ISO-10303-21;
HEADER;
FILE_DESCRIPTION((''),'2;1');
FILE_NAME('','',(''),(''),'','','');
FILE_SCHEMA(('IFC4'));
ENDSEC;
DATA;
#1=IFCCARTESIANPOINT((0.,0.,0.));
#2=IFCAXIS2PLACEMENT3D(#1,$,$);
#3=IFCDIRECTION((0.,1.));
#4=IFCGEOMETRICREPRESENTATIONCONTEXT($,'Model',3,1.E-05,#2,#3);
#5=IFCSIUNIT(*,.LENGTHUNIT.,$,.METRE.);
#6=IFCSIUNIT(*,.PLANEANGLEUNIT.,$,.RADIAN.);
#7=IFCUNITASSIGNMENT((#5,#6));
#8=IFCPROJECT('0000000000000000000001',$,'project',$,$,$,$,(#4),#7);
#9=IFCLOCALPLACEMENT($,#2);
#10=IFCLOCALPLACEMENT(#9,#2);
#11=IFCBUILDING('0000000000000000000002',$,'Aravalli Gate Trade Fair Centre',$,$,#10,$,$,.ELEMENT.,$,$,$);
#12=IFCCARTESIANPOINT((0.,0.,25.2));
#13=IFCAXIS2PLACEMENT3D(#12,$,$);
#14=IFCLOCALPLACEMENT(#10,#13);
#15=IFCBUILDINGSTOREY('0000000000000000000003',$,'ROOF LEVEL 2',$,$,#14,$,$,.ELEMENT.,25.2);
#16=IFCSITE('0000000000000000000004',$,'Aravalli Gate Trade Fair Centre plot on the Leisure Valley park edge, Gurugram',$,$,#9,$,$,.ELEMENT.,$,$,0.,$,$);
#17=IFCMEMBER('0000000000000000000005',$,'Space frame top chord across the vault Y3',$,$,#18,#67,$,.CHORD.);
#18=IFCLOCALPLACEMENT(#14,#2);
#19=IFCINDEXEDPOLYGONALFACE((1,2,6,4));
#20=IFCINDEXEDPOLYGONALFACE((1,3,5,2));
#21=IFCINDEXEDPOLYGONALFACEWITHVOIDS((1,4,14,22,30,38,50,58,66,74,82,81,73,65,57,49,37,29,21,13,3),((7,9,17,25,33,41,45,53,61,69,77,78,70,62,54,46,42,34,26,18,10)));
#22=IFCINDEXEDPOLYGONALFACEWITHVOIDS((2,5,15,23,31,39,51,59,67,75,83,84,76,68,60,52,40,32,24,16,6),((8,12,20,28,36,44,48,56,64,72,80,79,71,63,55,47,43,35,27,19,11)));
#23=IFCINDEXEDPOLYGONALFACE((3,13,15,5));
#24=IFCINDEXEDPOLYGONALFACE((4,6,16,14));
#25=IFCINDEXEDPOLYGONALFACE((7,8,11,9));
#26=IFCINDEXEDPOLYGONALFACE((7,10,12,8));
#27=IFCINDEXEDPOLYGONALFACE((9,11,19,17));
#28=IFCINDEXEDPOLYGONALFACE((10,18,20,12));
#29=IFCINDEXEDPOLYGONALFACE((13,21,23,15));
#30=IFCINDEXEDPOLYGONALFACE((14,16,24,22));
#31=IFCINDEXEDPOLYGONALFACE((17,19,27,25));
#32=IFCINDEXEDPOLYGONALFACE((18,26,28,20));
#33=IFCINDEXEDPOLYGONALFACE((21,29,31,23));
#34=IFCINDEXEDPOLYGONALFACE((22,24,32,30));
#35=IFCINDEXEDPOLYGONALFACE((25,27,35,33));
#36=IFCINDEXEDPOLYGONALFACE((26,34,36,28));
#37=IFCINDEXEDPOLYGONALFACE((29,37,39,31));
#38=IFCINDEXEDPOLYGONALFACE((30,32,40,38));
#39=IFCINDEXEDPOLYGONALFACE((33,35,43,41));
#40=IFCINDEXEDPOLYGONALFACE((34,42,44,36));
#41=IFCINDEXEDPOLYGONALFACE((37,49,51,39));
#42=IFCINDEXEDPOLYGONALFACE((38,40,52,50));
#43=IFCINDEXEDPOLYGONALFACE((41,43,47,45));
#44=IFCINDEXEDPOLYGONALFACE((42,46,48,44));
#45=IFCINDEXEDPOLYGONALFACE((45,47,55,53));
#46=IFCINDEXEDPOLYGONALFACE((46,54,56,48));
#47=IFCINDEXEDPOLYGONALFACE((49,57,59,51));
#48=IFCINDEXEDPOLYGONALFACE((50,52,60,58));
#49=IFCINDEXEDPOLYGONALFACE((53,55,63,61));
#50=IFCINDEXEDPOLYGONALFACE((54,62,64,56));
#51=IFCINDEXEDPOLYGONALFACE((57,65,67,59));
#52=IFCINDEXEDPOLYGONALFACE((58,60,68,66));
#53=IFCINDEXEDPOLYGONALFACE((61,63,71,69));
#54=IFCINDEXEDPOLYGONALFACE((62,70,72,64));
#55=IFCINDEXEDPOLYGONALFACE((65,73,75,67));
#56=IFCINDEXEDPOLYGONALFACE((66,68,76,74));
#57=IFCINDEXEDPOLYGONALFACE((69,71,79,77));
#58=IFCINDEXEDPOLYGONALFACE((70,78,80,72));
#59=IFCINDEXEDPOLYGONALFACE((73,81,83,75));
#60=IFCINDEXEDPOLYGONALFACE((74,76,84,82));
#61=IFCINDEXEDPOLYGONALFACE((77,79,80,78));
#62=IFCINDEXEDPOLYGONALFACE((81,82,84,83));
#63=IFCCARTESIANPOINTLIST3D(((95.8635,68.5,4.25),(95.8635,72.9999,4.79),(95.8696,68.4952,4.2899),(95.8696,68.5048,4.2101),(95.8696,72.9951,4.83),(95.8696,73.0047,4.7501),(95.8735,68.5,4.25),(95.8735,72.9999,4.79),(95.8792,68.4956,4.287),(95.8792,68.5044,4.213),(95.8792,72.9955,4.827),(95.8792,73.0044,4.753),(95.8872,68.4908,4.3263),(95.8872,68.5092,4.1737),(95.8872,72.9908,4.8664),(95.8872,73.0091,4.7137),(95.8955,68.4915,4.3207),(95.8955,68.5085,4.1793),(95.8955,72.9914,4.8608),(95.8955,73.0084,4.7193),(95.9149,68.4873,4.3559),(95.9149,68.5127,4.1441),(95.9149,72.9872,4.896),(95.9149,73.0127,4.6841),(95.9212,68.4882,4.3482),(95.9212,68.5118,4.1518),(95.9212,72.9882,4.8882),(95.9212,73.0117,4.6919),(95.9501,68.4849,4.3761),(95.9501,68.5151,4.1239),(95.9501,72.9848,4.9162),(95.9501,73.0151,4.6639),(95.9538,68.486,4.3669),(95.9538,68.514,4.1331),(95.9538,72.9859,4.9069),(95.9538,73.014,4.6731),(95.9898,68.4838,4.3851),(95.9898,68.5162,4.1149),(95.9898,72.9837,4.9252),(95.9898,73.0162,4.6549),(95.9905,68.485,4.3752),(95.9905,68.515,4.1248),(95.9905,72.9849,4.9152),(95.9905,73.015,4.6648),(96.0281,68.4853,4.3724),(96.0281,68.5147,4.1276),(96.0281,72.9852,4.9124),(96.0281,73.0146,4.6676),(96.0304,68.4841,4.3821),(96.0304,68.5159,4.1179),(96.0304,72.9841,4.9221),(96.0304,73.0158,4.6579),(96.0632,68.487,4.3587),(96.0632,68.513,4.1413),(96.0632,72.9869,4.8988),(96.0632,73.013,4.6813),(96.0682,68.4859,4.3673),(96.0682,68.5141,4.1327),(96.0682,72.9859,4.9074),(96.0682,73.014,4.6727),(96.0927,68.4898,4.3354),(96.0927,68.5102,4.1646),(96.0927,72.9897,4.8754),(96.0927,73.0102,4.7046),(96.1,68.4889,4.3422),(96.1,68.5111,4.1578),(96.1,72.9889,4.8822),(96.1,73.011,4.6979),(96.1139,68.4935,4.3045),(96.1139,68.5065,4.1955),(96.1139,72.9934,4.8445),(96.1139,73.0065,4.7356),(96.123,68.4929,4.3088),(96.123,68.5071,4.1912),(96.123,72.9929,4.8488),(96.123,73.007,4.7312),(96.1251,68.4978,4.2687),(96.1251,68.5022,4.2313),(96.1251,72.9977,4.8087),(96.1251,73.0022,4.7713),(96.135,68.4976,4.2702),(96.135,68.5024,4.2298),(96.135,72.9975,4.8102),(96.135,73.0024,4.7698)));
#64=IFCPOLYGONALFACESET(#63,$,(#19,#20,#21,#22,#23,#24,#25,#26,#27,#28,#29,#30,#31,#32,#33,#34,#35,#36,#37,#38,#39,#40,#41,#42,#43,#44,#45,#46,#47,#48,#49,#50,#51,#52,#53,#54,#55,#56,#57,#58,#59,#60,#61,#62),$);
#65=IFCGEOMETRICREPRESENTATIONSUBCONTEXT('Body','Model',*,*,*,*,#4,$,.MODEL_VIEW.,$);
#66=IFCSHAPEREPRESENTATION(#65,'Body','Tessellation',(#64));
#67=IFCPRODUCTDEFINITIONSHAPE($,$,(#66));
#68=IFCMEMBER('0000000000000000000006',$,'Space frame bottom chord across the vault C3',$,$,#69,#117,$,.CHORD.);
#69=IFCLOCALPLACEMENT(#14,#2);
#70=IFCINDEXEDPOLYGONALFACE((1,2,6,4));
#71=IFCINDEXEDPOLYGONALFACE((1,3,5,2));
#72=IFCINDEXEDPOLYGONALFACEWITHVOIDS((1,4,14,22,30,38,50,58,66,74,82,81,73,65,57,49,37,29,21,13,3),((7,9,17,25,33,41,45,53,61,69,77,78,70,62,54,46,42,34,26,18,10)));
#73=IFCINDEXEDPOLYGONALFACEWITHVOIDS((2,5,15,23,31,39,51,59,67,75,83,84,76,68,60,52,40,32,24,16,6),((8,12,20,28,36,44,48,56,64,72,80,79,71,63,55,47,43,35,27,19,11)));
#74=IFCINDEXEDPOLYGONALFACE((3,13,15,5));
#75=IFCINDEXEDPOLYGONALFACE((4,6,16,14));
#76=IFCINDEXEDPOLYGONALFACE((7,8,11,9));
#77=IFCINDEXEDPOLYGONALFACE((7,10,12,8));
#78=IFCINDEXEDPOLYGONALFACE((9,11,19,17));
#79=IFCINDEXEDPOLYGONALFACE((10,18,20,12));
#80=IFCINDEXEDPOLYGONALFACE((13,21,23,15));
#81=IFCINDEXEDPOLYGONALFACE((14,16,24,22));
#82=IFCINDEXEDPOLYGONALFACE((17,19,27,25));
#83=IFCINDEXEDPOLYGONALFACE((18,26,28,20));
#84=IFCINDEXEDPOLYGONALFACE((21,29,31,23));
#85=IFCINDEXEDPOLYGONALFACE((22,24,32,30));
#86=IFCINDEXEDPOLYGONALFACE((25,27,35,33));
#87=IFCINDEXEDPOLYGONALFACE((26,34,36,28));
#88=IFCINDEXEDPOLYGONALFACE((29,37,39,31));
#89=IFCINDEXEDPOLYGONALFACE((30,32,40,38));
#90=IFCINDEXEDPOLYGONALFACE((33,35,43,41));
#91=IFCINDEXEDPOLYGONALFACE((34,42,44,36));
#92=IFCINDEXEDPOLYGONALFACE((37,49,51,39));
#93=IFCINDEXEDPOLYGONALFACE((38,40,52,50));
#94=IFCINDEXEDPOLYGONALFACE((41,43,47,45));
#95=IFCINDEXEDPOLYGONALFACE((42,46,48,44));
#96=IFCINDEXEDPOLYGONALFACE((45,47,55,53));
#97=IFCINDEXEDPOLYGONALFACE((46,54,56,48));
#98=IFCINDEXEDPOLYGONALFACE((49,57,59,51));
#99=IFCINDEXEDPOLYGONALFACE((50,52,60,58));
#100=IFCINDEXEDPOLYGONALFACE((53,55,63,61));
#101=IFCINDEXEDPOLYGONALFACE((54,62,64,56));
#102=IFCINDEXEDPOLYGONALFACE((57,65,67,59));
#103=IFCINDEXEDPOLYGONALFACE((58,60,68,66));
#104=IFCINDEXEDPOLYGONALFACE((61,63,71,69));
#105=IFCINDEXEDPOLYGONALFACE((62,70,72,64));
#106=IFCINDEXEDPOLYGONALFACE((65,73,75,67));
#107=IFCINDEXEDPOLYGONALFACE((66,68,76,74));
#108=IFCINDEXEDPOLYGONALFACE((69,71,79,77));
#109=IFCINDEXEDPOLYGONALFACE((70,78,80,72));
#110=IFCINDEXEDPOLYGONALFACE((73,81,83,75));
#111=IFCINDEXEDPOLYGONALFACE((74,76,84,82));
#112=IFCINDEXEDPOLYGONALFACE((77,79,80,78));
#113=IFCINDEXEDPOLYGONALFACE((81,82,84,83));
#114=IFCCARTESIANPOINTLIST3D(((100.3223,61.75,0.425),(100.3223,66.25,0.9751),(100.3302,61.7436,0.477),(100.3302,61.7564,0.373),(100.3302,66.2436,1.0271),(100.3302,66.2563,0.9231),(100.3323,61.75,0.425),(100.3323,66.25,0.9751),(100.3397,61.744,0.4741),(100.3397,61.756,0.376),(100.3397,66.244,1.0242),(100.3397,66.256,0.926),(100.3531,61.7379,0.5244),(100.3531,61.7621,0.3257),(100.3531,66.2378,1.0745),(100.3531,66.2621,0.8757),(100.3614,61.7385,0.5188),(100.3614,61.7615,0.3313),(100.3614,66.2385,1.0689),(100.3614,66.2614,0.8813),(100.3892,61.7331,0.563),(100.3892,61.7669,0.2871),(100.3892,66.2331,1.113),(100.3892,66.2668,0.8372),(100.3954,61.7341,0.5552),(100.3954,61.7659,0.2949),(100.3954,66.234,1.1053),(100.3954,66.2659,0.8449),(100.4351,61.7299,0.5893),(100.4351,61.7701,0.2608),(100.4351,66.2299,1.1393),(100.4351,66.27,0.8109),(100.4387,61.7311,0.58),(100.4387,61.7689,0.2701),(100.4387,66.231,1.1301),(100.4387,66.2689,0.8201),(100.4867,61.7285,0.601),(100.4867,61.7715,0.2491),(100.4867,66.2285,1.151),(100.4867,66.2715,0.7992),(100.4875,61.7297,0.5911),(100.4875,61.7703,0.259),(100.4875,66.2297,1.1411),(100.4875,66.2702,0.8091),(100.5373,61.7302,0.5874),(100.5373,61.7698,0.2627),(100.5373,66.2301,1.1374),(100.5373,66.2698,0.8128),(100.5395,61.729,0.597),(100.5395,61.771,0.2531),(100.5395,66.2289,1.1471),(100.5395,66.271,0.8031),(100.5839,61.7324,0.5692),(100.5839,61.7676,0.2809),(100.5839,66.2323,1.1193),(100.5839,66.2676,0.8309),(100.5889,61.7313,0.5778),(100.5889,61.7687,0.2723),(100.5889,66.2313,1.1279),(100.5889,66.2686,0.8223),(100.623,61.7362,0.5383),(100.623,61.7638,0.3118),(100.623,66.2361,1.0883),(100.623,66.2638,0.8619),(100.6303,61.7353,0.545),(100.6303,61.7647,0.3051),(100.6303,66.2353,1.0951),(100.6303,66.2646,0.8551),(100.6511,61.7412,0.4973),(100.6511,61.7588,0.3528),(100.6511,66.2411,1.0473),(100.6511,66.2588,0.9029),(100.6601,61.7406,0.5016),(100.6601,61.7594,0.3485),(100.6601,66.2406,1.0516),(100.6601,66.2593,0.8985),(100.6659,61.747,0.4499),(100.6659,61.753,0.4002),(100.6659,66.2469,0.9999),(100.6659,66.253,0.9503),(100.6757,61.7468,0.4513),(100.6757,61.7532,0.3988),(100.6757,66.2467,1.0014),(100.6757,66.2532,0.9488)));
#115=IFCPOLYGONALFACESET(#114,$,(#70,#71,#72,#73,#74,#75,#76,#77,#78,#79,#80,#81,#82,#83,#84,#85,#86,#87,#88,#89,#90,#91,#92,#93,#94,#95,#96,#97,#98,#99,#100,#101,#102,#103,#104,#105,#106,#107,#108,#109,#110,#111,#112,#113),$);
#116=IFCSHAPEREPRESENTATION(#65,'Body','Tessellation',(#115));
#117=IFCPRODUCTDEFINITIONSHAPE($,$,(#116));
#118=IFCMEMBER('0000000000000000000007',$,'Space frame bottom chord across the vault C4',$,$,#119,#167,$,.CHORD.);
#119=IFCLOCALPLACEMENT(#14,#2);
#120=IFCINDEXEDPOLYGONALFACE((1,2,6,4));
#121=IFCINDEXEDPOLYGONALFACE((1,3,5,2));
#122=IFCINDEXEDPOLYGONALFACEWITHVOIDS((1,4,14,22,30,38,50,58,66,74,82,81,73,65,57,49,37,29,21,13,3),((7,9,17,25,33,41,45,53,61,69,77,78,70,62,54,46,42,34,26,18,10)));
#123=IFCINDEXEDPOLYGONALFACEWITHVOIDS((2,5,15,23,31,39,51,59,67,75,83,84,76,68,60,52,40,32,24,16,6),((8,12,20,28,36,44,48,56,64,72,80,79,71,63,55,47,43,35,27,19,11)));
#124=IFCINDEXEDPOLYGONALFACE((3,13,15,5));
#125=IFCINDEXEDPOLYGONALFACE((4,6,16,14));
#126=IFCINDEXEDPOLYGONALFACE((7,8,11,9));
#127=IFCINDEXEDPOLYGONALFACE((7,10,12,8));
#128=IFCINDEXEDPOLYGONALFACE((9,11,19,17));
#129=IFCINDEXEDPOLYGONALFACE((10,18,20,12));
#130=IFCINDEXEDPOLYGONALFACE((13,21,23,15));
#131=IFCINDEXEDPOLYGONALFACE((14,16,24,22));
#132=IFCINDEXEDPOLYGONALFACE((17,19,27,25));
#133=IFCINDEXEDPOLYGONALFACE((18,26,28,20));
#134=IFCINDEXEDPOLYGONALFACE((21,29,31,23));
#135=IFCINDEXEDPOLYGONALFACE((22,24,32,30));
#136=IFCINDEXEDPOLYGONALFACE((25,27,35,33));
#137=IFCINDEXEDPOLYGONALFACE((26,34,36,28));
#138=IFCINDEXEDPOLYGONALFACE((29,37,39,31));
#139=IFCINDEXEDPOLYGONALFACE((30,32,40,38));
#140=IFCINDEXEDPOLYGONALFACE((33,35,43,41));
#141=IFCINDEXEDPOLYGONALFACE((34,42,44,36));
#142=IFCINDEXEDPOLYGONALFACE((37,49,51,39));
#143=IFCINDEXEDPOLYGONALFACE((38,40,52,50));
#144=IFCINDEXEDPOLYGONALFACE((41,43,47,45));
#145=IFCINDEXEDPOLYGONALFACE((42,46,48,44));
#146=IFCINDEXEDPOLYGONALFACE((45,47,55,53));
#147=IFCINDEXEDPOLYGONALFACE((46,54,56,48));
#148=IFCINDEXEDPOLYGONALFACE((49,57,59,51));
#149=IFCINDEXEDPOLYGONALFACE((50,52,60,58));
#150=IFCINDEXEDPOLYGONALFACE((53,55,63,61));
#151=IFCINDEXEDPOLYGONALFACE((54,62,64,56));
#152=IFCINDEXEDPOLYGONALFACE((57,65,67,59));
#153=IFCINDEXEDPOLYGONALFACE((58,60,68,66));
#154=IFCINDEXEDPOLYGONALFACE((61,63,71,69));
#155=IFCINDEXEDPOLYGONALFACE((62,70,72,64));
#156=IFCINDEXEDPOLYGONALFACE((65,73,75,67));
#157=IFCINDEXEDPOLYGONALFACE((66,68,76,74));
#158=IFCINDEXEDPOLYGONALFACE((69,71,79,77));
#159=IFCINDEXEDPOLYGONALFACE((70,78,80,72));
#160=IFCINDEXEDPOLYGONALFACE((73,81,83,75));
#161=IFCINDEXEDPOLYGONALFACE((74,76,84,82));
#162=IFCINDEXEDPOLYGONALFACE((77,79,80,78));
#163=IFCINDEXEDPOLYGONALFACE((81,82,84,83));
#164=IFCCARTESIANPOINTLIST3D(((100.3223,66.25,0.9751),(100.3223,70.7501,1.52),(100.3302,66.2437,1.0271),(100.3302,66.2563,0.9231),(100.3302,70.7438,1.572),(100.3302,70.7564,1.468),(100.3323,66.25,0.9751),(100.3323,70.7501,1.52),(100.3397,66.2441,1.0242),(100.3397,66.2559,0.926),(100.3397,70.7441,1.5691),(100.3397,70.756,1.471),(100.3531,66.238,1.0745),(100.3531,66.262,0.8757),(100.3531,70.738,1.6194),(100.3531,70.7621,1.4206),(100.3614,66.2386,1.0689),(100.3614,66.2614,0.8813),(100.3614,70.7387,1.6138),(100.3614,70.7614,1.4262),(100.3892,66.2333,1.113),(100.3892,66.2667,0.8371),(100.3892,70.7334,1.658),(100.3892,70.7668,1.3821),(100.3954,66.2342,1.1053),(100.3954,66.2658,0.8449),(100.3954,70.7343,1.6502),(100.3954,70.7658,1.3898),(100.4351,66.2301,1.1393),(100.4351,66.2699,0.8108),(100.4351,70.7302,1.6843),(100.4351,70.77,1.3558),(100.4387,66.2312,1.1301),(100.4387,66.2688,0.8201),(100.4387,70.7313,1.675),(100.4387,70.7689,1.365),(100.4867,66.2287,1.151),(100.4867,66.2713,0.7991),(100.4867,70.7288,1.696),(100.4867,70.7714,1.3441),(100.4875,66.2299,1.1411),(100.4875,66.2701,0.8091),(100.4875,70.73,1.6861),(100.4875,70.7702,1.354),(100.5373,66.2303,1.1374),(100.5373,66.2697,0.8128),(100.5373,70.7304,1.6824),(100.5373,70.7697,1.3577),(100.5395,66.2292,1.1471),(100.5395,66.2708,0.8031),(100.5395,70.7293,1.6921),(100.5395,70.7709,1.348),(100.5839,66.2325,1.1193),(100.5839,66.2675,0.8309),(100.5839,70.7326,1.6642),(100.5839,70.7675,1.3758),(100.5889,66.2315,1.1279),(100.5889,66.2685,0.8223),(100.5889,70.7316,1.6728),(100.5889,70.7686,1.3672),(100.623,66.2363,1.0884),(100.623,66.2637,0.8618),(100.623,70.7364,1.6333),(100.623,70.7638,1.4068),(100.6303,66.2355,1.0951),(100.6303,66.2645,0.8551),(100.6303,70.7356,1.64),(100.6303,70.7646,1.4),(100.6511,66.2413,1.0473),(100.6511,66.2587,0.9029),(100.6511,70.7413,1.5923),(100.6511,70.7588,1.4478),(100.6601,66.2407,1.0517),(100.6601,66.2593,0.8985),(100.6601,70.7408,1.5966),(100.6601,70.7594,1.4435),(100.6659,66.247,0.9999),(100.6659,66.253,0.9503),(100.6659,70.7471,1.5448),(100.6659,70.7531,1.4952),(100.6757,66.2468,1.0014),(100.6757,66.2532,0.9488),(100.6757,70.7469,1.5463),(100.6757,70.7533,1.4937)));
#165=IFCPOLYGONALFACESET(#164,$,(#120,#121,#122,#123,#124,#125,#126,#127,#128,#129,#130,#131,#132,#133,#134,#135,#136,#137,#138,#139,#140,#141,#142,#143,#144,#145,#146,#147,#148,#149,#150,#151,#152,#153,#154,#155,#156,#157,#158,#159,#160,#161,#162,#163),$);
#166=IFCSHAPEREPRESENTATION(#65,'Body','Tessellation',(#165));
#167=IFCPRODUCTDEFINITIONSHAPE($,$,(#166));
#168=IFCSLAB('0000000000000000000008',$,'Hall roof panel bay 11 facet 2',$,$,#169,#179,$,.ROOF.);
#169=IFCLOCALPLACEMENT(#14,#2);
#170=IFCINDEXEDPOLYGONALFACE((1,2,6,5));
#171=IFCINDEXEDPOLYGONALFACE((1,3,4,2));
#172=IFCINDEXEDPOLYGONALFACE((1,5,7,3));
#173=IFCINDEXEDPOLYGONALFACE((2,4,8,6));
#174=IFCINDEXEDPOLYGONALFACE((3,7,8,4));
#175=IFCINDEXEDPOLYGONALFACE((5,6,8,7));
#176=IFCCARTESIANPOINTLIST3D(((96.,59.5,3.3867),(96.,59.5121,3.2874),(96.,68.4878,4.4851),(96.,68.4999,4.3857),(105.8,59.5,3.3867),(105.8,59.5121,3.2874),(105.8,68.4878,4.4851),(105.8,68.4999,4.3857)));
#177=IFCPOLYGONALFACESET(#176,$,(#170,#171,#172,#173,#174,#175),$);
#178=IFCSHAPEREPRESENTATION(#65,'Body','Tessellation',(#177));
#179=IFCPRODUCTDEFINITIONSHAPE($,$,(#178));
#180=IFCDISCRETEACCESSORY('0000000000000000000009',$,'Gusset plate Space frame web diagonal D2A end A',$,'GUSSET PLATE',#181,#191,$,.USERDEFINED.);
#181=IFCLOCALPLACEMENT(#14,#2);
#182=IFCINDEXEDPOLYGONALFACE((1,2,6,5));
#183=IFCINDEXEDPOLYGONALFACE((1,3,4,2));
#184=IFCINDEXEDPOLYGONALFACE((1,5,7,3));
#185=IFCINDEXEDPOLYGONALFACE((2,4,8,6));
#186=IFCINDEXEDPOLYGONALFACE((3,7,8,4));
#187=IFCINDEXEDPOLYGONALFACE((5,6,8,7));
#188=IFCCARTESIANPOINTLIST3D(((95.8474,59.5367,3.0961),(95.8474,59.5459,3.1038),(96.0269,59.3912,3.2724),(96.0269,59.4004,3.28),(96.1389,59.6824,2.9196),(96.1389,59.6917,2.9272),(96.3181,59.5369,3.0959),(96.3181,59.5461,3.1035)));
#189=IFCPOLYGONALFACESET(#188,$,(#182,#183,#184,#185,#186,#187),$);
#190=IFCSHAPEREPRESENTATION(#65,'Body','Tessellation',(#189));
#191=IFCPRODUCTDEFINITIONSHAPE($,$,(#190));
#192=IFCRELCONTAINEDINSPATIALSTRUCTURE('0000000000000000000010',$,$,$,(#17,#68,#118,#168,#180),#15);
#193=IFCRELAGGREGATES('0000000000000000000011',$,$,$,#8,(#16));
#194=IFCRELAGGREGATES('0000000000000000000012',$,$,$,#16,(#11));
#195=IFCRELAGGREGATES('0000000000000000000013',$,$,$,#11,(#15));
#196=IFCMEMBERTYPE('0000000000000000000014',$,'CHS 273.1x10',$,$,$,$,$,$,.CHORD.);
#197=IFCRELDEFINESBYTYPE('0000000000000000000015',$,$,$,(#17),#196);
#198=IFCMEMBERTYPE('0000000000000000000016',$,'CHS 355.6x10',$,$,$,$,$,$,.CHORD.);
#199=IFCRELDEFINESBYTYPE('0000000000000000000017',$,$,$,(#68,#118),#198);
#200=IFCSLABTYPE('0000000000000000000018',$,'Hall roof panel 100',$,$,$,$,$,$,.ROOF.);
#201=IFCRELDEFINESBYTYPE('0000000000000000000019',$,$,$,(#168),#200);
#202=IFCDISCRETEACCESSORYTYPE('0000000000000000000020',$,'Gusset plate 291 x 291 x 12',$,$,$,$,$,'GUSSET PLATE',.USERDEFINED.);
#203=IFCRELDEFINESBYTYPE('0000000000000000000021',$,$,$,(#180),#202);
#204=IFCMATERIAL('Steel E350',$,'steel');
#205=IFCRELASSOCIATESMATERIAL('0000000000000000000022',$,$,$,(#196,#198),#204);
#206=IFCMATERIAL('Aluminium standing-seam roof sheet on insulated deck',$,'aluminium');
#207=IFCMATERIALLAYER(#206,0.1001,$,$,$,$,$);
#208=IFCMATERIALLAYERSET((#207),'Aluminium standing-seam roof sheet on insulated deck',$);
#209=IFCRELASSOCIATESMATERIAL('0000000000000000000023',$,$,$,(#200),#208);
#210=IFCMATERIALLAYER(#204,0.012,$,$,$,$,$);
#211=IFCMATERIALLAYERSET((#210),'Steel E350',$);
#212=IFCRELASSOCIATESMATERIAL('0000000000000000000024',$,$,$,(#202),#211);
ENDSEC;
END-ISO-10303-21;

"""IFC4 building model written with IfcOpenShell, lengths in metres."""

from ifc_helpers import new_model, si_unit, direction, frame, origin, origin_2d, place, context, subcontext, project, spatial, polyline, hollow_circle, outline, extrude, material, layer, layer_set, material_profile, profile_set, type_object, element, save


model = new_model("IFC4")

# Units and contexts
model_context = context("Model", 3, precision=1e-05, world=origin(), true_north=direction((0.0, 1.0)))
body_context = subcontext(model_context, "Body", "Model", "MODEL_VIEW")
ifc_project = project(units=[si_unit("LENGTHUNIT", "METRE"), si_unit("PLANEANGLEUNIT", "RADIAN")], contexts=[model_context])

# Site, building, storey
site_placement = place(None, origin())
site = spatial("IfcSite", under=ifc_project, at=site_placement, Name="Aravalli Gate Trade Fair Centre plot on the Leisure Valley park edge, Gurugram", CompositionType="ELEMENT", RefElevation=0.0)
building_placement = place(site_placement, origin())
building = spatial("IfcBuilding", under=site, at=building_placement, Name="Aravalli Gate Trade Fair Centre", CompositionType="ELEMENT")
storey_placement = place(building_placement, frame((0.0, 0.0, 25.2)))
storey = spatial("IfcBuildingStorey", under=building, at=storey_placement, Name="ROOF LEVEL 2", CompositionType="ELEMENT", Elevation=25.2)

# Members
ifc_material_1 = material(Name="Steel E350", Category="steel")
ifc_material_profile_1 = material_profile(ifc_material_1, hollow_circle(Radius=0.1365, WallThickness=0.01, at=origin_2d()), Name="CHS 273.1x10")
ifc_profile_set_1 = profile_set([ifc_material_profile_1], Name="Steel E350")
member_type_1 = type_object("IfcMemberType", Name="CHS 273.1x10", PredefinedType="CHORD", material=ifc_profile_set_1)
member_1_placement = place(storey_placement, frame((96.0, 68.5, 4.25), z_axis=(0.0, 0.992876, 0.119154), x_axis=(-1.0, 0.0, 0.0)))
element("IfcMember", 1, at=member_1_placement, inside=storey, type_object=member_type_1, Name="Space frame top chord across the vault Y3", PredefinedType="CHORD", context=body_context, shape_type="SweptSolid", body=[
    extrude(hollow_circle(Radius=0.1365, WallThickness=0.01, at=origin_2d()), origin(), (0.0, 0.0, 1.0), 4.5322),
])
ifc_material_profile_2 = material_profile(ifc_material_1, hollow_circle(Radius=0.1777, WallThickness=0.01, at=origin_2d()), Name="CHS 355.6x10")
ifc_profile_set_2 = profile_set([ifc_material_profile_2], Name="Steel E350")
member_type_2 = type_object("IfcMemberType", Name="CHS 355.6x10", PredefinedType="CHORD", material=ifc_profile_set_2)
member_2_placement = place(storey_placement, frame((100.5, 61.75, 0.425), z_axis=(0.0, 0.992612, 0.12133), x_axis=(-1.0, 0.0, 0.0)))
element("IfcMember", 2, at=member_2_placement, inside=storey, type_object=member_type_2, Name="Space frame bottom chord across the vault C3", PredefinedType="CHORD", context=body_context, shape_type="SweptSolid", body=[
    extrude(hollow_circle(Radius=0.1777, WallThickness=0.01, at=origin_2d()), origin(), (0.0, 0.0, 1.0), 4.5334),
])
member_3_placement = place(storey_placement, frame((100.5, 66.25, 0.9751), z_axis=(0.0, 0.992748, 0.120216), x_axis=(-1.0, 0.0, 0.0)))
element("IfcMember", 3, at=member_3_placement, inside=storey, type_object=member_type_2, Name="Space frame bottom chord across the vault C4", PredefinedType="CHORD", context=body_context, shape_type="SweptSolid", body=[
    extrude(hollow_circle(Radius=0.1777, WallThickness=0.01, at=origin_2d()), origin(), (0.0, 0.0, 1.0), 4.533),
])

# Slab
ifc_material_2 = material(Name="Aluminium standing-seam roof sheet on insulated deck", Category="aluminium")
ifc_layer_1 = layer(ifc_material_2, 0.1001)
ifc_layer_set_1 = layer_set([ifc_layer_1], Name="Aluminium standing-seam roof sheet on insulated deck")
slab_type = type_object("IfcSlabType", Name="Hall roof panel 100", PredefinedType="ROOF", material=ifc_layer_set_1)
slab_placement = place(storey_placement, frame((96.0, 59.5, 3.3867), z_axis=(0.0, -0.121306, 0.992615), x_axis=(1.0, 0.0, 0.0)))
element("IfcSlab", 4, at=slab_placement, inside=storey, type_object=slab_type, Name="Hall roof panel bay 11 facet 2", PredefinedType="ROOF", context=body_context, shape_type="SweptSolid", body=[
    extrude(outline(polyline([(0.0, 0.0), (9.8, 0.0), (9.8, 9.0547), (0.0, 9.0547), (0.0, 0.0)])), origin(), (0.0, 0.0, -1.0), 0.1001),
])

# Discrete accessory
ifc_layer_2 = layer(ifc_material_1, 0.012)
ifc_layer_set_2 = layer_set([ifc_layer_2], Name="Steel E350")
discrete_accessory_type = type_object("IfcDiscreteAccessoryType", Name="Gusset plate 291 x 291 x 12", ElementType="GUSSET PLATE", PredefinedType="USERDEFINED", material=ifc_layer_set_2)
discrete_accessory_1_placement = place(storey_placement, frame((96.1389, 59.6917, 2.9272), z_axis=(-0.00007, 0.771155, 0.636648), x_axis=(-0.786484, -0.393242, 0.476238)))
element("IfcDiscreteAccessory", 5, at=discrete_accessory_1_placement, inside=storey, type_object=discrete_accessory_type, Name="Gusset plate Space frame web diagonal D2A end A", ObjectType="GUSSET PLATE", PredefinedType="USERDEFINED", context=body_context, shape_type="SweptSolid", body=[
    extrude(outline(polyline([(0.0, 0.0), (0.3706, 0.0), (0.3707, 0.2906), (0.0002, 0.2904), (0.0, 0.0)])), origin(), (0.0, 0.0, -1.0), 0.012),
])

save(model, "model.ifc")
